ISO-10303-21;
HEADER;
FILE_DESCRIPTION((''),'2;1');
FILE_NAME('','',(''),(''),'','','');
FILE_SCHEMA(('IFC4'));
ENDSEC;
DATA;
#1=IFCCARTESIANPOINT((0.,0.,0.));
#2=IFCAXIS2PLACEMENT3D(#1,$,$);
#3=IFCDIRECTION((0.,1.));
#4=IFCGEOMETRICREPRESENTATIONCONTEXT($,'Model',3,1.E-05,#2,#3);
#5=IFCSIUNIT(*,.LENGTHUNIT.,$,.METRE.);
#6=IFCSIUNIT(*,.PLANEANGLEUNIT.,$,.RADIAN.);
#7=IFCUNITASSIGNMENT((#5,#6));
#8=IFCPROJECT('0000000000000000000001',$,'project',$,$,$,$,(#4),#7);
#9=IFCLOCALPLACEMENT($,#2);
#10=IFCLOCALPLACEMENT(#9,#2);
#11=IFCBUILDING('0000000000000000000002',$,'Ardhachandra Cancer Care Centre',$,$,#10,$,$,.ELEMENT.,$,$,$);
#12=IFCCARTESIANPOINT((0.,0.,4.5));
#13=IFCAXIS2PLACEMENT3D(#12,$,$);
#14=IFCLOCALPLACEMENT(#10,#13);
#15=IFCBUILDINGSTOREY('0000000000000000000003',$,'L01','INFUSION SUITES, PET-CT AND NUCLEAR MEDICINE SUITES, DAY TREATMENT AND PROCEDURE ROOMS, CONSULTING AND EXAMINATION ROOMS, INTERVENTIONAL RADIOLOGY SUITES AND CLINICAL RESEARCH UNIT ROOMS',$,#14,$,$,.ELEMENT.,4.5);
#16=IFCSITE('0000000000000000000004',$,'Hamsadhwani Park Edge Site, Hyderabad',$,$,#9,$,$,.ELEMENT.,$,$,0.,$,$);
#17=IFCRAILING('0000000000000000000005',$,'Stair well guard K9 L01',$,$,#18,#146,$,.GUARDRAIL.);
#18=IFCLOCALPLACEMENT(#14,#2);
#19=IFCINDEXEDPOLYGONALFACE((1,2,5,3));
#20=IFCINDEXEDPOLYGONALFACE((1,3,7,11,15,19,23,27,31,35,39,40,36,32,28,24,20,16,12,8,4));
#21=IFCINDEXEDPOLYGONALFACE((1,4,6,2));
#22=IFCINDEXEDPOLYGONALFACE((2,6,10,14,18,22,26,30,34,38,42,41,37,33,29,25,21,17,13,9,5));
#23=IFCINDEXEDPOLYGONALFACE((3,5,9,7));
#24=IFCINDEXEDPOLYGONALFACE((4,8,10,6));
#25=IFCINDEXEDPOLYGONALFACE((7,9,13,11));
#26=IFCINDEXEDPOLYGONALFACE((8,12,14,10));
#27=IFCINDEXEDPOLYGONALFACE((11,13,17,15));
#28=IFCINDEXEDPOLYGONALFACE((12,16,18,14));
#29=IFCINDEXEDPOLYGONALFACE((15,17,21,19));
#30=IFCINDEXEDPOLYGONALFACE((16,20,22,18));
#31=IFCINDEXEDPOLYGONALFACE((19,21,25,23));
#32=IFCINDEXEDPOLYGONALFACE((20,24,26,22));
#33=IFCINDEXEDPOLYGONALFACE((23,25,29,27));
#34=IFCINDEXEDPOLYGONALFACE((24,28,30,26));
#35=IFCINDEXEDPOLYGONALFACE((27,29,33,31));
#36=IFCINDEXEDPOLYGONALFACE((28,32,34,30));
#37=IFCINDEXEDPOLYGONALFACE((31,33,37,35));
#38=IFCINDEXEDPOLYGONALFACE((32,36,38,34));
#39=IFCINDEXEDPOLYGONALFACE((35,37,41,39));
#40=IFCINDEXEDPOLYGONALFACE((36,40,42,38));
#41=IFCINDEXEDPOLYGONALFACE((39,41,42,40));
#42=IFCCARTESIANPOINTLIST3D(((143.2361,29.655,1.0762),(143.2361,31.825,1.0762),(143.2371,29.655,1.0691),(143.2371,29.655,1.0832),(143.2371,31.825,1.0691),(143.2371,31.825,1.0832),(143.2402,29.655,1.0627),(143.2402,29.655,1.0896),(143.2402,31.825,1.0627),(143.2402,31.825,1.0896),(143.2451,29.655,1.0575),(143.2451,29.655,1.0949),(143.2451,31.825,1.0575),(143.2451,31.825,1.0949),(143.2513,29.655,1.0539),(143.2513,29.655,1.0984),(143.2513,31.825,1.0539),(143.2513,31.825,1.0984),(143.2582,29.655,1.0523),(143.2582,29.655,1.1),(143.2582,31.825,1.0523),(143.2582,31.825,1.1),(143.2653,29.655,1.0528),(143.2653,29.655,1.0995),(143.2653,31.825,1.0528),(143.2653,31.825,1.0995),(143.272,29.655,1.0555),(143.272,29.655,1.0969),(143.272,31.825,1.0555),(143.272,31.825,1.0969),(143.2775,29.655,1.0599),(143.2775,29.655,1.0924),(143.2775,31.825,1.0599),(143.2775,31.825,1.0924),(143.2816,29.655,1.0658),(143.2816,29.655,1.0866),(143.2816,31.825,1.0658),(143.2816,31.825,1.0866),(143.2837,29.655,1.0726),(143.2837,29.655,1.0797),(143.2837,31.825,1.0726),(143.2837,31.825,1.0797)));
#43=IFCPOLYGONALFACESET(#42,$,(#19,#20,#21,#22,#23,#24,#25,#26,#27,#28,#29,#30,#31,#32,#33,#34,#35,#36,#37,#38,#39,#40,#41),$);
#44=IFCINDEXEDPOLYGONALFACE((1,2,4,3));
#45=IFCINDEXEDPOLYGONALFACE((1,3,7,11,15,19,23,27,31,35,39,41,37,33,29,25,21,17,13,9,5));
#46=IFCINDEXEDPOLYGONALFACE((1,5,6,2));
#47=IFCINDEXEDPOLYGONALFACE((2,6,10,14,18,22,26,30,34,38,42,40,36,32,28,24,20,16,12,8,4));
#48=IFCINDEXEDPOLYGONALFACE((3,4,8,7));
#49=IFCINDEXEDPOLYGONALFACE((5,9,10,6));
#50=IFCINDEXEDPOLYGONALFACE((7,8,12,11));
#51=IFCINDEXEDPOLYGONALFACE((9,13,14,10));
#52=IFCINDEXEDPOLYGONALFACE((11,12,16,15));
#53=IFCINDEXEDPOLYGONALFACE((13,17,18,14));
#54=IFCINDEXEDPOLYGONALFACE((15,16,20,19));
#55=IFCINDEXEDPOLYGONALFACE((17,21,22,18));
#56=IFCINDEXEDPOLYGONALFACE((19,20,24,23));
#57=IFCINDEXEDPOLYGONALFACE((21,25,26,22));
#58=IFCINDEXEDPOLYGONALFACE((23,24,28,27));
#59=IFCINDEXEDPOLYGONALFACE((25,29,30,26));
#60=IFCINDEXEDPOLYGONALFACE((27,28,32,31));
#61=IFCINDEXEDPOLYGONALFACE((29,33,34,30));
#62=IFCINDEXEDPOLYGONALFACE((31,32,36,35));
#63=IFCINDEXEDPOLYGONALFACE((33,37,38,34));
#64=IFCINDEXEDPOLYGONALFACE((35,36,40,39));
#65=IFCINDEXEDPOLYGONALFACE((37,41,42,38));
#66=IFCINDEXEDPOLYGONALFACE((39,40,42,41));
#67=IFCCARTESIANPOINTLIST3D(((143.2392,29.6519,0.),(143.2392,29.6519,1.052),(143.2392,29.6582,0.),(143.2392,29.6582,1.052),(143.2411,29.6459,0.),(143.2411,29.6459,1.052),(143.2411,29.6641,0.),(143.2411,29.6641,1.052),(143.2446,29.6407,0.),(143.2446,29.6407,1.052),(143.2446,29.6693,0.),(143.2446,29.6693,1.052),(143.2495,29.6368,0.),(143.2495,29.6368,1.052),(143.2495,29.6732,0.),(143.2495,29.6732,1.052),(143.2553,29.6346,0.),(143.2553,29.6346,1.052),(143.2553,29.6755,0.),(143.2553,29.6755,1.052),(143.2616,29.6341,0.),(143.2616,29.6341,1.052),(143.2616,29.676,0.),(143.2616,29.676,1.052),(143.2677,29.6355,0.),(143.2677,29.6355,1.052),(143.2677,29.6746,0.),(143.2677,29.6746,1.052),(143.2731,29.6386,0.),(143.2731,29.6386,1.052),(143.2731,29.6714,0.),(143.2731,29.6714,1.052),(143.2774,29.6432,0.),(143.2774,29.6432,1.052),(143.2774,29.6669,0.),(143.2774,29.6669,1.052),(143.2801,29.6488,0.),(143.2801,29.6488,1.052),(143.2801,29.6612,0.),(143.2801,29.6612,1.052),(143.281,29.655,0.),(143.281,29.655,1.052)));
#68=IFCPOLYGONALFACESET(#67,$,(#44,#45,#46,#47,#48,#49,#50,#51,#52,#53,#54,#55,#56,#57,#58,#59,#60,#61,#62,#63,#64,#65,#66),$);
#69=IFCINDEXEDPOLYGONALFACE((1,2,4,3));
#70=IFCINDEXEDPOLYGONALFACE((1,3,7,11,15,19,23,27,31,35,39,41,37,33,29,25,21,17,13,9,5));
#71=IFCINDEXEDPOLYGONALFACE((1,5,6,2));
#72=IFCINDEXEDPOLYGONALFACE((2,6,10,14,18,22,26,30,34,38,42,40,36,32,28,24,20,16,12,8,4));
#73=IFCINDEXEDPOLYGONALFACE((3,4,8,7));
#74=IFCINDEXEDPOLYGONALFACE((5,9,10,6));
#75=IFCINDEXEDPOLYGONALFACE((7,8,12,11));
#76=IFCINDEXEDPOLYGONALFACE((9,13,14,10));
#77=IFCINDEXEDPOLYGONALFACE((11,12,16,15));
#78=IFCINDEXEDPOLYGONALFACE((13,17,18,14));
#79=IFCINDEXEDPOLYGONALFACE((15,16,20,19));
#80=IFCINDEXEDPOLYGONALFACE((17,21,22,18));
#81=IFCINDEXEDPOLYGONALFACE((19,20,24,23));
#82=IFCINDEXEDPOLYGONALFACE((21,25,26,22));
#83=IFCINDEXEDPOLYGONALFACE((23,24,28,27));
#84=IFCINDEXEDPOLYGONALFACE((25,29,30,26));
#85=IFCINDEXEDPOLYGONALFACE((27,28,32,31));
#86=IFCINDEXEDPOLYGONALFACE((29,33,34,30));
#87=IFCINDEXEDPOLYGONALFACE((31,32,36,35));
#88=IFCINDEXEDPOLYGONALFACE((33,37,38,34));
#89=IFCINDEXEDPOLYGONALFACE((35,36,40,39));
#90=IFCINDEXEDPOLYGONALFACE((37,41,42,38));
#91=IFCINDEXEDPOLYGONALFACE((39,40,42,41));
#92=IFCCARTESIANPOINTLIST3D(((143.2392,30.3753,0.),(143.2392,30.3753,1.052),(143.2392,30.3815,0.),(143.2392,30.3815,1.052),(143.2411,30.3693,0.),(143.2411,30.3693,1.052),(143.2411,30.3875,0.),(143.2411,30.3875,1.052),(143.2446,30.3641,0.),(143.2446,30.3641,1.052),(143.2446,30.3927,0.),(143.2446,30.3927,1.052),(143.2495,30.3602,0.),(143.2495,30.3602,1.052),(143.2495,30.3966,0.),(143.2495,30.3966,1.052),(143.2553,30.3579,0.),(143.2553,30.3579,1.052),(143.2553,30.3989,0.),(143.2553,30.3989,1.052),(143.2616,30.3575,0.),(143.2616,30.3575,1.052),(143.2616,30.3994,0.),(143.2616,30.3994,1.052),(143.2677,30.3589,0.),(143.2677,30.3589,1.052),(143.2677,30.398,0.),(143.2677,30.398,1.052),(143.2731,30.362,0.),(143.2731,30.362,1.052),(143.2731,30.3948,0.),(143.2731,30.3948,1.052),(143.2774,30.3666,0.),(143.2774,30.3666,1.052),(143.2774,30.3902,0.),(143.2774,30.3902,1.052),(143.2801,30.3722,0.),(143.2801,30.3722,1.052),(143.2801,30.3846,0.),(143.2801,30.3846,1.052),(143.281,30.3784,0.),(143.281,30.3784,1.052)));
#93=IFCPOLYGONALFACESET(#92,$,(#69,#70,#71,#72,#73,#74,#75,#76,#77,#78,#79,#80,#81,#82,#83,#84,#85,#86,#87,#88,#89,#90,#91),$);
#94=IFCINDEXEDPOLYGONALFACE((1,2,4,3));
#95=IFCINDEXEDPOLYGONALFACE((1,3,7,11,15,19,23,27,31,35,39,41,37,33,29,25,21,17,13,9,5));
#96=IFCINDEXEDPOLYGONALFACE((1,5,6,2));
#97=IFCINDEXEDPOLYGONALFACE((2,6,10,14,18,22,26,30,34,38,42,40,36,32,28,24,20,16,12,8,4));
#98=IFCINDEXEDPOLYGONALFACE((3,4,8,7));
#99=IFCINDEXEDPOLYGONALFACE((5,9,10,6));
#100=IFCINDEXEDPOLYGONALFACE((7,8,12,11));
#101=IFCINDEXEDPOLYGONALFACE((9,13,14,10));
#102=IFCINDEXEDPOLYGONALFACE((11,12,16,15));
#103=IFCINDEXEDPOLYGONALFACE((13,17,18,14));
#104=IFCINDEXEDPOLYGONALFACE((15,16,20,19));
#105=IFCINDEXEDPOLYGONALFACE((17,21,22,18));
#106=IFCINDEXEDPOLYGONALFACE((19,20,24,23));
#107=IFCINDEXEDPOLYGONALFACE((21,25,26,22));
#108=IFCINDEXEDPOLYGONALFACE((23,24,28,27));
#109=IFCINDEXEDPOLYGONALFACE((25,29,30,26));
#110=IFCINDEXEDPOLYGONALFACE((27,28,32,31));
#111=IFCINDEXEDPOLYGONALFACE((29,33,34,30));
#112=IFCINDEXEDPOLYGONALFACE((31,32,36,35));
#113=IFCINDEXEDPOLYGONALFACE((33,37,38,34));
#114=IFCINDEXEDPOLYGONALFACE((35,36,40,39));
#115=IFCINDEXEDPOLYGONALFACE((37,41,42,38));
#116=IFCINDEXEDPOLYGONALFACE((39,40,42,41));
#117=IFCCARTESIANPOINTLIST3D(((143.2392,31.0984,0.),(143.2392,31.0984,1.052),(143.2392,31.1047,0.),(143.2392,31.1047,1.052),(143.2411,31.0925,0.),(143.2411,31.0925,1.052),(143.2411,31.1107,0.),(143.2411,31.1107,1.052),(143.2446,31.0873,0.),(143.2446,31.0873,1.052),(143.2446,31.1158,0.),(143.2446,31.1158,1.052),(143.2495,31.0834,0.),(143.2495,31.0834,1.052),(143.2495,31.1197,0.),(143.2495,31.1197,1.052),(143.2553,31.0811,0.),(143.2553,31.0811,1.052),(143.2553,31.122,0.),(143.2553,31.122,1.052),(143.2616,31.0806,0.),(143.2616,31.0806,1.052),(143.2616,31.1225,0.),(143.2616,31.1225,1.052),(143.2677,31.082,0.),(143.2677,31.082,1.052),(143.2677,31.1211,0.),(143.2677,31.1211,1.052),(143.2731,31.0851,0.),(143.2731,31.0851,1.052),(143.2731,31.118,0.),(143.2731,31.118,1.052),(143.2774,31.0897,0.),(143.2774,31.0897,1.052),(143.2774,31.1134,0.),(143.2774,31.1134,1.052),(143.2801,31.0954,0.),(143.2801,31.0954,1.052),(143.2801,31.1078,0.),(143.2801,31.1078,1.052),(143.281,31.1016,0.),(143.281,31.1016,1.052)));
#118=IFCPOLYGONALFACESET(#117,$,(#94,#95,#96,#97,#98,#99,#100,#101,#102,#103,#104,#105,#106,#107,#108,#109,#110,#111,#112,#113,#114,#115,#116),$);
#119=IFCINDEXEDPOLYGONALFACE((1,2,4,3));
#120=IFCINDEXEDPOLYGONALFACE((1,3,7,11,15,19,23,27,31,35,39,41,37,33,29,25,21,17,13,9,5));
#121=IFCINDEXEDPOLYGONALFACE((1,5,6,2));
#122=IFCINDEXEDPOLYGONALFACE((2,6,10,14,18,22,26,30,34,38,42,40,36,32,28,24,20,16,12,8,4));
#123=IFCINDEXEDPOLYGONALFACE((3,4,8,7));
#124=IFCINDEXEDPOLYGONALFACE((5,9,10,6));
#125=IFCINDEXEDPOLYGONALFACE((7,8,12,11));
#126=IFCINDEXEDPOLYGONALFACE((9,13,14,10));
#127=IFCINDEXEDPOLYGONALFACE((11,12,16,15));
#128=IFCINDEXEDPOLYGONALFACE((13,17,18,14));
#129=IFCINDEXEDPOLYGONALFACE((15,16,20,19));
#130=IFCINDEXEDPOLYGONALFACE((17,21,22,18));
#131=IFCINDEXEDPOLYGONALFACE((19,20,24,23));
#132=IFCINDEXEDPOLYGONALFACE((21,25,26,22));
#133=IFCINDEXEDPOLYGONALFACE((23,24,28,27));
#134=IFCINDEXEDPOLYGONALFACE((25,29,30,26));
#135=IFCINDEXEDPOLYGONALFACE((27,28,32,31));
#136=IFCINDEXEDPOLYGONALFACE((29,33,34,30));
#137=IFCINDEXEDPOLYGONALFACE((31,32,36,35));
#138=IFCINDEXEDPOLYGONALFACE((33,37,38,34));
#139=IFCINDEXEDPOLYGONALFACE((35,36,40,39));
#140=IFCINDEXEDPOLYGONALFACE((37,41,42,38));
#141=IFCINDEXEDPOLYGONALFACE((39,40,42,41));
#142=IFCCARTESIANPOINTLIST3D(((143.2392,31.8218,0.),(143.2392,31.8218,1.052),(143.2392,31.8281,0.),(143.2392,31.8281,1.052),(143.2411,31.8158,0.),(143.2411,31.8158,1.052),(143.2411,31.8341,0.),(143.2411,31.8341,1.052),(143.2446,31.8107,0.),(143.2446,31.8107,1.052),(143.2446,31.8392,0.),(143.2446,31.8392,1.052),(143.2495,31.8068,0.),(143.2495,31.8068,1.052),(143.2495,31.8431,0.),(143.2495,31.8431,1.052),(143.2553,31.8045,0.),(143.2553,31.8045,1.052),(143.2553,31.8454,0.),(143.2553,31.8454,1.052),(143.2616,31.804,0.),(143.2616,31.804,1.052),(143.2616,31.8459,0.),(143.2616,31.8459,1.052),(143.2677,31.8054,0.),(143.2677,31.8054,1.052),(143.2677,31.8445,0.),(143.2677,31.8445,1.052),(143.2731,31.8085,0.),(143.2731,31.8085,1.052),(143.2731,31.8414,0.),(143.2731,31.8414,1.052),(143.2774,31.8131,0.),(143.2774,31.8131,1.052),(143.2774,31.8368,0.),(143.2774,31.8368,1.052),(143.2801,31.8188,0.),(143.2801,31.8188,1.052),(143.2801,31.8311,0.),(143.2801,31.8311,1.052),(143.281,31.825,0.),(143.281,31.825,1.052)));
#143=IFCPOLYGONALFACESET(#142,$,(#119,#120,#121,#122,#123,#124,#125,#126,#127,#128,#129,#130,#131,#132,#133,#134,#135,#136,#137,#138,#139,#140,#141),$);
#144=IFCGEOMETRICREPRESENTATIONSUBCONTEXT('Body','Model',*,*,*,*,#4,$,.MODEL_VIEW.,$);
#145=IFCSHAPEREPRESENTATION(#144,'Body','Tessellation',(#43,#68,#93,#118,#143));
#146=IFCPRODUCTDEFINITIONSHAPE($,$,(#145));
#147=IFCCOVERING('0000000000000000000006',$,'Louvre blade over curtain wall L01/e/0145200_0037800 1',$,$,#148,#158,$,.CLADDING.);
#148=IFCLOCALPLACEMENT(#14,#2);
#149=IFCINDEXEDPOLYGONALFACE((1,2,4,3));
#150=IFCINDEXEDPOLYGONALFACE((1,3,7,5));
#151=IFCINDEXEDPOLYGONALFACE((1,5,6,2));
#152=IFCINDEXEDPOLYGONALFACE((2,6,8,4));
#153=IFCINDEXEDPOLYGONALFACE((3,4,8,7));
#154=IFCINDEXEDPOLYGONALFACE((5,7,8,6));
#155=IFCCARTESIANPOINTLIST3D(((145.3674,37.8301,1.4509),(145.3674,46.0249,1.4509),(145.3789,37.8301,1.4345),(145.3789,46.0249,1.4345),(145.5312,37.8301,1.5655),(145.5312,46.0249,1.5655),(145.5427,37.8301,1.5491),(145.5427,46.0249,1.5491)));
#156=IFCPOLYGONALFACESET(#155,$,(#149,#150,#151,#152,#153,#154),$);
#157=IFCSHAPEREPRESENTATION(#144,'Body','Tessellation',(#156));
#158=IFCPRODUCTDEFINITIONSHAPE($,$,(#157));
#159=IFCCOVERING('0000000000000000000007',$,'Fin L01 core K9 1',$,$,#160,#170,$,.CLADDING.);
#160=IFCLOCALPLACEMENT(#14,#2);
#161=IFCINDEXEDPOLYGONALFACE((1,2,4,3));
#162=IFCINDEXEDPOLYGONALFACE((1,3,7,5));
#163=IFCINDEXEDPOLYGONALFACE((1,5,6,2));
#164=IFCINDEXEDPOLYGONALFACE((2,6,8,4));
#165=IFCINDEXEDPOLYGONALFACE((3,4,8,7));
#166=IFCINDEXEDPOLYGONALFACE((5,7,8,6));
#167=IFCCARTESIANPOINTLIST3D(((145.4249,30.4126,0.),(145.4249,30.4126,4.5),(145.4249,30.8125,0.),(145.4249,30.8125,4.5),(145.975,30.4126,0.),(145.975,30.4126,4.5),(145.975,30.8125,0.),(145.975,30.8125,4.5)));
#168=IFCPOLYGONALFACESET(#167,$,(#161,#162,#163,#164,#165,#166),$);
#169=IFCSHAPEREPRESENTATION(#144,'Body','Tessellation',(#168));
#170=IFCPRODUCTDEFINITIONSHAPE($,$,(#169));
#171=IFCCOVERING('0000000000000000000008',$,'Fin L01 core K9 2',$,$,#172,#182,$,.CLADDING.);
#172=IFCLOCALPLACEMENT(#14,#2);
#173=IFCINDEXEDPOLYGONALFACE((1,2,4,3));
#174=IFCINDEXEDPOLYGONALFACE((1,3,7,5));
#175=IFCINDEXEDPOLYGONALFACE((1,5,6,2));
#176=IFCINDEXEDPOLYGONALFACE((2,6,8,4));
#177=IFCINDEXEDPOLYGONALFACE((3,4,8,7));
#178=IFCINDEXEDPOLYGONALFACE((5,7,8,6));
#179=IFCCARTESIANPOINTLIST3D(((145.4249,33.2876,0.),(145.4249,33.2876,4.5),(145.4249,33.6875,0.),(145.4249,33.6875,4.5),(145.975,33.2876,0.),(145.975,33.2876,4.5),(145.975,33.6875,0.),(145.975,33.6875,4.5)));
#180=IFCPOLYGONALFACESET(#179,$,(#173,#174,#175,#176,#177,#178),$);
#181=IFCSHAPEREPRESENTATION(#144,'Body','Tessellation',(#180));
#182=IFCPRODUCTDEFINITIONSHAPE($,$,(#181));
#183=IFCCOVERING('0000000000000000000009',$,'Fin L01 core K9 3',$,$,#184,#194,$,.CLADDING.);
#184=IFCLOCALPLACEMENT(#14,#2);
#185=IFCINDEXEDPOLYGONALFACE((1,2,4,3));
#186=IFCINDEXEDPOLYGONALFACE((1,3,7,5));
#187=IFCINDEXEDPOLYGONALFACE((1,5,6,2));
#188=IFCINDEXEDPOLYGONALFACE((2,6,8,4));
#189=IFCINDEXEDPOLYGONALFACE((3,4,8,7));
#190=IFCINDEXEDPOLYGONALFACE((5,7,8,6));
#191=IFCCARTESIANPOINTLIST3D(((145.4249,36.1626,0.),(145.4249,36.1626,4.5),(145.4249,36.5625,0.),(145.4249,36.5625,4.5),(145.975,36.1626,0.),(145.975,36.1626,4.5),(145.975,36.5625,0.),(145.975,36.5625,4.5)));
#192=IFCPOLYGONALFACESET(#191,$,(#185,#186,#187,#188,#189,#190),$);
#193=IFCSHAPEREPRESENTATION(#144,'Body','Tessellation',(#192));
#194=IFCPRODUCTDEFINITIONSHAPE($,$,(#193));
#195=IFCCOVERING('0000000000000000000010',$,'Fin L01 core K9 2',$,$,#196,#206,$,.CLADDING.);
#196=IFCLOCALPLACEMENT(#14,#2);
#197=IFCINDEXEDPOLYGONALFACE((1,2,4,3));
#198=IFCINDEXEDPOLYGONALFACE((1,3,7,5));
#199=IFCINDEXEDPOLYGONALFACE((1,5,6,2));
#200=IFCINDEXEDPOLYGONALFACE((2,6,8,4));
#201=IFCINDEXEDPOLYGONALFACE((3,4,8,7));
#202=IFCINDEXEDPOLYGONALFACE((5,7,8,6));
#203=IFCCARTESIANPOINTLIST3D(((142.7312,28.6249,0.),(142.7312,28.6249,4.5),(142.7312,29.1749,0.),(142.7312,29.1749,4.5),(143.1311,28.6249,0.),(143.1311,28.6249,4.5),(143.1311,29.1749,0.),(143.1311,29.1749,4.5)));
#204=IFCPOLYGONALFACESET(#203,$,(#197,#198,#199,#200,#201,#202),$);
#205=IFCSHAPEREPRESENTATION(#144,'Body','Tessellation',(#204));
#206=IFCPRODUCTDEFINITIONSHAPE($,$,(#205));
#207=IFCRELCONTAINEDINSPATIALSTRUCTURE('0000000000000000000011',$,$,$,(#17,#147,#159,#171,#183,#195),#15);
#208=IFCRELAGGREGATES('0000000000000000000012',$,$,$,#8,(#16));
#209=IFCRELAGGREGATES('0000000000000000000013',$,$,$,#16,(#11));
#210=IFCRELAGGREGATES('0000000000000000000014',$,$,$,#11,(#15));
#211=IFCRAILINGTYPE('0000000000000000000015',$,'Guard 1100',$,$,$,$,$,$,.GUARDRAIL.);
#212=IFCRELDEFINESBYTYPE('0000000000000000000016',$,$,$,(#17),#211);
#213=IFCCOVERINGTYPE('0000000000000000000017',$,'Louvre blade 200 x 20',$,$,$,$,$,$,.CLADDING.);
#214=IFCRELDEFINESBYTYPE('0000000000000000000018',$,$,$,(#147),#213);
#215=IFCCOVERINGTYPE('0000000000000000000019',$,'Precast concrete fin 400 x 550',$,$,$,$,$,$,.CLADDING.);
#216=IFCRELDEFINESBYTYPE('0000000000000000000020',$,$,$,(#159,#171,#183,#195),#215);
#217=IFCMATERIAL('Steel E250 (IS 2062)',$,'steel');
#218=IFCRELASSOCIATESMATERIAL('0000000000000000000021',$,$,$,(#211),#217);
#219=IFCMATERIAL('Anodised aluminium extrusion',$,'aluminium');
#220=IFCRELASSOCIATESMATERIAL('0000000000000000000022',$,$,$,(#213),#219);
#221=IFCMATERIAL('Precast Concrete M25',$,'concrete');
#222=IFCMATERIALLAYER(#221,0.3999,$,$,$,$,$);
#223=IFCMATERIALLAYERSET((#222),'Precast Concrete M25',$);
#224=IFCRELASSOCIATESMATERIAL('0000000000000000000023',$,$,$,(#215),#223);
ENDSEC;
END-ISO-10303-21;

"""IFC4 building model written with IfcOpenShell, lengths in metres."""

from ifc_helpers import new_model, si_unit, direction, frame, origin, origin_2d, place, context, subcontext, project, spatial, rectangle, circle, extrude, material, layer, layer_set, material_profile, profile_set, type_object, element, save


model = new_model("IFC4")

# Units and contexts
model_context = context("Model", 3, precision=1e-05, world=origin(), true_north=direction((0.0, 1.0)))
body_context = subcontext(model_context, "Body", "Model", "MODEL_VIEW")
ifc_project = project(units=[si_unit("LENGTHUNIT", "METRE"), si_unit("PLANEANGLEUNIT", "RADIAN")], contexts=[model_context])

# Site, building, storey
site_placement = place(None, origin())
site = spatial("IfcSite", under=ifc_project, at=site_placement, Name="Hamsadhwani Park Edge Site, Hyderabad", CompositionType="ELEMENT", RefElevation=0.0)
building_placement = place(site_placement, origin())
building = spatial("IfcBuilding", under=site, at=building_placement, Name="Ardhachandra Cancer Care Centre", CompositionType="ELEMENT")
storey_placement = place(building_placement, frame((0.0, 0.0, 4.5)))
storey = spatial("IfcBuildingStorey", under=building, at=storey_placement, Name="L01", Description="INFUSION SUITES, PET-CT AND NUCLEAR MEDICINE SUITES, DAY TREATMENT AND PROCEDURE ROOMS, CONSULTING AND EXAMINATION ROOMS, INTERVENTIONAL RADIOLOGY SUITES AND CLINICAL RESEARCH UNIT ROOMS", CompositionType="ELEMENT", Elevation=4.5)

# Railing
ifc_material_1 = material(Name="Steel E250 (IS 2062)", Category="steel")
railing_type_1 = type_object("IfcRailingType", Name="Guard 1100", PredefinedType="GUARDRAIL", material=ifc_material_1)
railing_placement = place(storey_placement, frame((143.26, 29.655, 0.0)))
element("IfcRailing", 1, at=railing_placement, inside=storey, type_object=railing_type_1, Name="Stair well guard K9 L01", PredefinedType="GUARDRAIL", context=body_context, shape_type="SweptSolid", body=[
    extrude(circle(Radius=0.0239, at=origin_2d()), frame((0.0, 0.0, 1.0762), z_axis=(0.0, 1.0, 0.0), x_axis=(-1.0, 0.0, 0.0)), (0.0, 0.0, 1.0), 2.1699),
    extrude(circle(Radius=0.021, at=origin_2d()), origin(), (0.0, 0.0, 1.0), 1.052),
    extrude(circle(Radius=0.021, at=origin_2d()), frame((0.0, 0.7234, 0.0)), (0.0, 0.0, 1.0), 1.052),
    extrude(circle(Radius=0.021, at=origin_2d()), frame((0.0, 1.4465, 0.0)), (0.0, 0.0, 1.0), 1.052),
    extrude(circle(Radius=0.021, at=origin_2d()), frame((0.0, 2.1699, 0.0)), (0.0, 0.0, 1.0), 1.052),
])

# Coverings
ifc_material_2 = material(Name="Anodised aluminium extrusion", Category="aluminium")
ifc_material_profile_1 = material_profile(ifc_material_2, rectangle(XDim=0.2, YDim=0.02, at=origin_2d()), Name="Louvre blade 200 x 20")
ifc_profile_set_1 = profile_set([ifc_material_profile_1], Name="Anodised aluminium extrusion")
covering_type_1 = type_object("IfcCoveringType", Name="Louvre blade 200 x 20", PredefinedType="CLADDING", material=ifc_profile_set_1)
covering_placement = place(storey_placement, frame((145.4551, 37.8301, 1.5), z_axis=(0.0, 1.0, 0.0), x_axis=(-0.819152, 0.0, -0.573576)))
element("IfcCovering", 2, at=covering_placement, inside=storey, type_object=covering_type_1, Name="Louvre blade over curtain wall L01/e/0145200_0037800 1", PredefinedType="CLADDING", context=body_context, shape_type="SweptSolid", body=[
    extrude(rectangle(XDim=0.2, YDim=0.02, at=origin_2d()), origin(), (0.0, 0.0, 1.0), 8.1948),
])
ifc_material_3 = material(Name="Precast Concrete M25", Category="concrete")
ifc_layer_1 = layer(ifc_material_3, 0.3999)
ifc_layer_set_1 = layer_set([ifc_layer_1], Name="Precast Concrete M25")
covering_type_2 = type_object("IfcCoveringType", Name="Precast concrete fin 400 x 550", PredefinedType="CLADDING", material=ifc_layer_set_1)
for number, where, z_axis, x_axis, name in (
    (3, (145.7, 30.6125, 0.0), (0.0, 0.0, 1.0), (0.0, 1.0, 0.0), "Fin L01 core K9 1"),
    (4, (145.7, 33.4875, 0.0), (0.0, 0.0, 1.0), (0.0, 1.0, 0.0), "Fin L01 core K9 2"),
    (5, (145.7, 36.3625, 0.0), (0.0, 0.0, 1.0), (0.0, 1.0, 0.0), "Fin L01 core K9 3"),
    (6, (142.9312, 28.8999, 0.0), (0.0, 0.0, 1.0), (1.0, 0.0, 0.0), "Fin L01 core K9 2"),
):
    element("IfcCovering", number, at=place(storey_placement, frame(where, z_axis=z_axis, x_axis=x_axis)), inside=storey, type_object=covering_type_2, Name=name, PredefinedType="CLADDING", context=body_context, shape_type="SweptSolid", body=[
        extrude(rectangle(XDim=0.3999, YDim=0.55, at=origin_2d()), origin(), (0.0, 0.0, 1.0), 4.5),
    ])

save(model, "model.ifc")
